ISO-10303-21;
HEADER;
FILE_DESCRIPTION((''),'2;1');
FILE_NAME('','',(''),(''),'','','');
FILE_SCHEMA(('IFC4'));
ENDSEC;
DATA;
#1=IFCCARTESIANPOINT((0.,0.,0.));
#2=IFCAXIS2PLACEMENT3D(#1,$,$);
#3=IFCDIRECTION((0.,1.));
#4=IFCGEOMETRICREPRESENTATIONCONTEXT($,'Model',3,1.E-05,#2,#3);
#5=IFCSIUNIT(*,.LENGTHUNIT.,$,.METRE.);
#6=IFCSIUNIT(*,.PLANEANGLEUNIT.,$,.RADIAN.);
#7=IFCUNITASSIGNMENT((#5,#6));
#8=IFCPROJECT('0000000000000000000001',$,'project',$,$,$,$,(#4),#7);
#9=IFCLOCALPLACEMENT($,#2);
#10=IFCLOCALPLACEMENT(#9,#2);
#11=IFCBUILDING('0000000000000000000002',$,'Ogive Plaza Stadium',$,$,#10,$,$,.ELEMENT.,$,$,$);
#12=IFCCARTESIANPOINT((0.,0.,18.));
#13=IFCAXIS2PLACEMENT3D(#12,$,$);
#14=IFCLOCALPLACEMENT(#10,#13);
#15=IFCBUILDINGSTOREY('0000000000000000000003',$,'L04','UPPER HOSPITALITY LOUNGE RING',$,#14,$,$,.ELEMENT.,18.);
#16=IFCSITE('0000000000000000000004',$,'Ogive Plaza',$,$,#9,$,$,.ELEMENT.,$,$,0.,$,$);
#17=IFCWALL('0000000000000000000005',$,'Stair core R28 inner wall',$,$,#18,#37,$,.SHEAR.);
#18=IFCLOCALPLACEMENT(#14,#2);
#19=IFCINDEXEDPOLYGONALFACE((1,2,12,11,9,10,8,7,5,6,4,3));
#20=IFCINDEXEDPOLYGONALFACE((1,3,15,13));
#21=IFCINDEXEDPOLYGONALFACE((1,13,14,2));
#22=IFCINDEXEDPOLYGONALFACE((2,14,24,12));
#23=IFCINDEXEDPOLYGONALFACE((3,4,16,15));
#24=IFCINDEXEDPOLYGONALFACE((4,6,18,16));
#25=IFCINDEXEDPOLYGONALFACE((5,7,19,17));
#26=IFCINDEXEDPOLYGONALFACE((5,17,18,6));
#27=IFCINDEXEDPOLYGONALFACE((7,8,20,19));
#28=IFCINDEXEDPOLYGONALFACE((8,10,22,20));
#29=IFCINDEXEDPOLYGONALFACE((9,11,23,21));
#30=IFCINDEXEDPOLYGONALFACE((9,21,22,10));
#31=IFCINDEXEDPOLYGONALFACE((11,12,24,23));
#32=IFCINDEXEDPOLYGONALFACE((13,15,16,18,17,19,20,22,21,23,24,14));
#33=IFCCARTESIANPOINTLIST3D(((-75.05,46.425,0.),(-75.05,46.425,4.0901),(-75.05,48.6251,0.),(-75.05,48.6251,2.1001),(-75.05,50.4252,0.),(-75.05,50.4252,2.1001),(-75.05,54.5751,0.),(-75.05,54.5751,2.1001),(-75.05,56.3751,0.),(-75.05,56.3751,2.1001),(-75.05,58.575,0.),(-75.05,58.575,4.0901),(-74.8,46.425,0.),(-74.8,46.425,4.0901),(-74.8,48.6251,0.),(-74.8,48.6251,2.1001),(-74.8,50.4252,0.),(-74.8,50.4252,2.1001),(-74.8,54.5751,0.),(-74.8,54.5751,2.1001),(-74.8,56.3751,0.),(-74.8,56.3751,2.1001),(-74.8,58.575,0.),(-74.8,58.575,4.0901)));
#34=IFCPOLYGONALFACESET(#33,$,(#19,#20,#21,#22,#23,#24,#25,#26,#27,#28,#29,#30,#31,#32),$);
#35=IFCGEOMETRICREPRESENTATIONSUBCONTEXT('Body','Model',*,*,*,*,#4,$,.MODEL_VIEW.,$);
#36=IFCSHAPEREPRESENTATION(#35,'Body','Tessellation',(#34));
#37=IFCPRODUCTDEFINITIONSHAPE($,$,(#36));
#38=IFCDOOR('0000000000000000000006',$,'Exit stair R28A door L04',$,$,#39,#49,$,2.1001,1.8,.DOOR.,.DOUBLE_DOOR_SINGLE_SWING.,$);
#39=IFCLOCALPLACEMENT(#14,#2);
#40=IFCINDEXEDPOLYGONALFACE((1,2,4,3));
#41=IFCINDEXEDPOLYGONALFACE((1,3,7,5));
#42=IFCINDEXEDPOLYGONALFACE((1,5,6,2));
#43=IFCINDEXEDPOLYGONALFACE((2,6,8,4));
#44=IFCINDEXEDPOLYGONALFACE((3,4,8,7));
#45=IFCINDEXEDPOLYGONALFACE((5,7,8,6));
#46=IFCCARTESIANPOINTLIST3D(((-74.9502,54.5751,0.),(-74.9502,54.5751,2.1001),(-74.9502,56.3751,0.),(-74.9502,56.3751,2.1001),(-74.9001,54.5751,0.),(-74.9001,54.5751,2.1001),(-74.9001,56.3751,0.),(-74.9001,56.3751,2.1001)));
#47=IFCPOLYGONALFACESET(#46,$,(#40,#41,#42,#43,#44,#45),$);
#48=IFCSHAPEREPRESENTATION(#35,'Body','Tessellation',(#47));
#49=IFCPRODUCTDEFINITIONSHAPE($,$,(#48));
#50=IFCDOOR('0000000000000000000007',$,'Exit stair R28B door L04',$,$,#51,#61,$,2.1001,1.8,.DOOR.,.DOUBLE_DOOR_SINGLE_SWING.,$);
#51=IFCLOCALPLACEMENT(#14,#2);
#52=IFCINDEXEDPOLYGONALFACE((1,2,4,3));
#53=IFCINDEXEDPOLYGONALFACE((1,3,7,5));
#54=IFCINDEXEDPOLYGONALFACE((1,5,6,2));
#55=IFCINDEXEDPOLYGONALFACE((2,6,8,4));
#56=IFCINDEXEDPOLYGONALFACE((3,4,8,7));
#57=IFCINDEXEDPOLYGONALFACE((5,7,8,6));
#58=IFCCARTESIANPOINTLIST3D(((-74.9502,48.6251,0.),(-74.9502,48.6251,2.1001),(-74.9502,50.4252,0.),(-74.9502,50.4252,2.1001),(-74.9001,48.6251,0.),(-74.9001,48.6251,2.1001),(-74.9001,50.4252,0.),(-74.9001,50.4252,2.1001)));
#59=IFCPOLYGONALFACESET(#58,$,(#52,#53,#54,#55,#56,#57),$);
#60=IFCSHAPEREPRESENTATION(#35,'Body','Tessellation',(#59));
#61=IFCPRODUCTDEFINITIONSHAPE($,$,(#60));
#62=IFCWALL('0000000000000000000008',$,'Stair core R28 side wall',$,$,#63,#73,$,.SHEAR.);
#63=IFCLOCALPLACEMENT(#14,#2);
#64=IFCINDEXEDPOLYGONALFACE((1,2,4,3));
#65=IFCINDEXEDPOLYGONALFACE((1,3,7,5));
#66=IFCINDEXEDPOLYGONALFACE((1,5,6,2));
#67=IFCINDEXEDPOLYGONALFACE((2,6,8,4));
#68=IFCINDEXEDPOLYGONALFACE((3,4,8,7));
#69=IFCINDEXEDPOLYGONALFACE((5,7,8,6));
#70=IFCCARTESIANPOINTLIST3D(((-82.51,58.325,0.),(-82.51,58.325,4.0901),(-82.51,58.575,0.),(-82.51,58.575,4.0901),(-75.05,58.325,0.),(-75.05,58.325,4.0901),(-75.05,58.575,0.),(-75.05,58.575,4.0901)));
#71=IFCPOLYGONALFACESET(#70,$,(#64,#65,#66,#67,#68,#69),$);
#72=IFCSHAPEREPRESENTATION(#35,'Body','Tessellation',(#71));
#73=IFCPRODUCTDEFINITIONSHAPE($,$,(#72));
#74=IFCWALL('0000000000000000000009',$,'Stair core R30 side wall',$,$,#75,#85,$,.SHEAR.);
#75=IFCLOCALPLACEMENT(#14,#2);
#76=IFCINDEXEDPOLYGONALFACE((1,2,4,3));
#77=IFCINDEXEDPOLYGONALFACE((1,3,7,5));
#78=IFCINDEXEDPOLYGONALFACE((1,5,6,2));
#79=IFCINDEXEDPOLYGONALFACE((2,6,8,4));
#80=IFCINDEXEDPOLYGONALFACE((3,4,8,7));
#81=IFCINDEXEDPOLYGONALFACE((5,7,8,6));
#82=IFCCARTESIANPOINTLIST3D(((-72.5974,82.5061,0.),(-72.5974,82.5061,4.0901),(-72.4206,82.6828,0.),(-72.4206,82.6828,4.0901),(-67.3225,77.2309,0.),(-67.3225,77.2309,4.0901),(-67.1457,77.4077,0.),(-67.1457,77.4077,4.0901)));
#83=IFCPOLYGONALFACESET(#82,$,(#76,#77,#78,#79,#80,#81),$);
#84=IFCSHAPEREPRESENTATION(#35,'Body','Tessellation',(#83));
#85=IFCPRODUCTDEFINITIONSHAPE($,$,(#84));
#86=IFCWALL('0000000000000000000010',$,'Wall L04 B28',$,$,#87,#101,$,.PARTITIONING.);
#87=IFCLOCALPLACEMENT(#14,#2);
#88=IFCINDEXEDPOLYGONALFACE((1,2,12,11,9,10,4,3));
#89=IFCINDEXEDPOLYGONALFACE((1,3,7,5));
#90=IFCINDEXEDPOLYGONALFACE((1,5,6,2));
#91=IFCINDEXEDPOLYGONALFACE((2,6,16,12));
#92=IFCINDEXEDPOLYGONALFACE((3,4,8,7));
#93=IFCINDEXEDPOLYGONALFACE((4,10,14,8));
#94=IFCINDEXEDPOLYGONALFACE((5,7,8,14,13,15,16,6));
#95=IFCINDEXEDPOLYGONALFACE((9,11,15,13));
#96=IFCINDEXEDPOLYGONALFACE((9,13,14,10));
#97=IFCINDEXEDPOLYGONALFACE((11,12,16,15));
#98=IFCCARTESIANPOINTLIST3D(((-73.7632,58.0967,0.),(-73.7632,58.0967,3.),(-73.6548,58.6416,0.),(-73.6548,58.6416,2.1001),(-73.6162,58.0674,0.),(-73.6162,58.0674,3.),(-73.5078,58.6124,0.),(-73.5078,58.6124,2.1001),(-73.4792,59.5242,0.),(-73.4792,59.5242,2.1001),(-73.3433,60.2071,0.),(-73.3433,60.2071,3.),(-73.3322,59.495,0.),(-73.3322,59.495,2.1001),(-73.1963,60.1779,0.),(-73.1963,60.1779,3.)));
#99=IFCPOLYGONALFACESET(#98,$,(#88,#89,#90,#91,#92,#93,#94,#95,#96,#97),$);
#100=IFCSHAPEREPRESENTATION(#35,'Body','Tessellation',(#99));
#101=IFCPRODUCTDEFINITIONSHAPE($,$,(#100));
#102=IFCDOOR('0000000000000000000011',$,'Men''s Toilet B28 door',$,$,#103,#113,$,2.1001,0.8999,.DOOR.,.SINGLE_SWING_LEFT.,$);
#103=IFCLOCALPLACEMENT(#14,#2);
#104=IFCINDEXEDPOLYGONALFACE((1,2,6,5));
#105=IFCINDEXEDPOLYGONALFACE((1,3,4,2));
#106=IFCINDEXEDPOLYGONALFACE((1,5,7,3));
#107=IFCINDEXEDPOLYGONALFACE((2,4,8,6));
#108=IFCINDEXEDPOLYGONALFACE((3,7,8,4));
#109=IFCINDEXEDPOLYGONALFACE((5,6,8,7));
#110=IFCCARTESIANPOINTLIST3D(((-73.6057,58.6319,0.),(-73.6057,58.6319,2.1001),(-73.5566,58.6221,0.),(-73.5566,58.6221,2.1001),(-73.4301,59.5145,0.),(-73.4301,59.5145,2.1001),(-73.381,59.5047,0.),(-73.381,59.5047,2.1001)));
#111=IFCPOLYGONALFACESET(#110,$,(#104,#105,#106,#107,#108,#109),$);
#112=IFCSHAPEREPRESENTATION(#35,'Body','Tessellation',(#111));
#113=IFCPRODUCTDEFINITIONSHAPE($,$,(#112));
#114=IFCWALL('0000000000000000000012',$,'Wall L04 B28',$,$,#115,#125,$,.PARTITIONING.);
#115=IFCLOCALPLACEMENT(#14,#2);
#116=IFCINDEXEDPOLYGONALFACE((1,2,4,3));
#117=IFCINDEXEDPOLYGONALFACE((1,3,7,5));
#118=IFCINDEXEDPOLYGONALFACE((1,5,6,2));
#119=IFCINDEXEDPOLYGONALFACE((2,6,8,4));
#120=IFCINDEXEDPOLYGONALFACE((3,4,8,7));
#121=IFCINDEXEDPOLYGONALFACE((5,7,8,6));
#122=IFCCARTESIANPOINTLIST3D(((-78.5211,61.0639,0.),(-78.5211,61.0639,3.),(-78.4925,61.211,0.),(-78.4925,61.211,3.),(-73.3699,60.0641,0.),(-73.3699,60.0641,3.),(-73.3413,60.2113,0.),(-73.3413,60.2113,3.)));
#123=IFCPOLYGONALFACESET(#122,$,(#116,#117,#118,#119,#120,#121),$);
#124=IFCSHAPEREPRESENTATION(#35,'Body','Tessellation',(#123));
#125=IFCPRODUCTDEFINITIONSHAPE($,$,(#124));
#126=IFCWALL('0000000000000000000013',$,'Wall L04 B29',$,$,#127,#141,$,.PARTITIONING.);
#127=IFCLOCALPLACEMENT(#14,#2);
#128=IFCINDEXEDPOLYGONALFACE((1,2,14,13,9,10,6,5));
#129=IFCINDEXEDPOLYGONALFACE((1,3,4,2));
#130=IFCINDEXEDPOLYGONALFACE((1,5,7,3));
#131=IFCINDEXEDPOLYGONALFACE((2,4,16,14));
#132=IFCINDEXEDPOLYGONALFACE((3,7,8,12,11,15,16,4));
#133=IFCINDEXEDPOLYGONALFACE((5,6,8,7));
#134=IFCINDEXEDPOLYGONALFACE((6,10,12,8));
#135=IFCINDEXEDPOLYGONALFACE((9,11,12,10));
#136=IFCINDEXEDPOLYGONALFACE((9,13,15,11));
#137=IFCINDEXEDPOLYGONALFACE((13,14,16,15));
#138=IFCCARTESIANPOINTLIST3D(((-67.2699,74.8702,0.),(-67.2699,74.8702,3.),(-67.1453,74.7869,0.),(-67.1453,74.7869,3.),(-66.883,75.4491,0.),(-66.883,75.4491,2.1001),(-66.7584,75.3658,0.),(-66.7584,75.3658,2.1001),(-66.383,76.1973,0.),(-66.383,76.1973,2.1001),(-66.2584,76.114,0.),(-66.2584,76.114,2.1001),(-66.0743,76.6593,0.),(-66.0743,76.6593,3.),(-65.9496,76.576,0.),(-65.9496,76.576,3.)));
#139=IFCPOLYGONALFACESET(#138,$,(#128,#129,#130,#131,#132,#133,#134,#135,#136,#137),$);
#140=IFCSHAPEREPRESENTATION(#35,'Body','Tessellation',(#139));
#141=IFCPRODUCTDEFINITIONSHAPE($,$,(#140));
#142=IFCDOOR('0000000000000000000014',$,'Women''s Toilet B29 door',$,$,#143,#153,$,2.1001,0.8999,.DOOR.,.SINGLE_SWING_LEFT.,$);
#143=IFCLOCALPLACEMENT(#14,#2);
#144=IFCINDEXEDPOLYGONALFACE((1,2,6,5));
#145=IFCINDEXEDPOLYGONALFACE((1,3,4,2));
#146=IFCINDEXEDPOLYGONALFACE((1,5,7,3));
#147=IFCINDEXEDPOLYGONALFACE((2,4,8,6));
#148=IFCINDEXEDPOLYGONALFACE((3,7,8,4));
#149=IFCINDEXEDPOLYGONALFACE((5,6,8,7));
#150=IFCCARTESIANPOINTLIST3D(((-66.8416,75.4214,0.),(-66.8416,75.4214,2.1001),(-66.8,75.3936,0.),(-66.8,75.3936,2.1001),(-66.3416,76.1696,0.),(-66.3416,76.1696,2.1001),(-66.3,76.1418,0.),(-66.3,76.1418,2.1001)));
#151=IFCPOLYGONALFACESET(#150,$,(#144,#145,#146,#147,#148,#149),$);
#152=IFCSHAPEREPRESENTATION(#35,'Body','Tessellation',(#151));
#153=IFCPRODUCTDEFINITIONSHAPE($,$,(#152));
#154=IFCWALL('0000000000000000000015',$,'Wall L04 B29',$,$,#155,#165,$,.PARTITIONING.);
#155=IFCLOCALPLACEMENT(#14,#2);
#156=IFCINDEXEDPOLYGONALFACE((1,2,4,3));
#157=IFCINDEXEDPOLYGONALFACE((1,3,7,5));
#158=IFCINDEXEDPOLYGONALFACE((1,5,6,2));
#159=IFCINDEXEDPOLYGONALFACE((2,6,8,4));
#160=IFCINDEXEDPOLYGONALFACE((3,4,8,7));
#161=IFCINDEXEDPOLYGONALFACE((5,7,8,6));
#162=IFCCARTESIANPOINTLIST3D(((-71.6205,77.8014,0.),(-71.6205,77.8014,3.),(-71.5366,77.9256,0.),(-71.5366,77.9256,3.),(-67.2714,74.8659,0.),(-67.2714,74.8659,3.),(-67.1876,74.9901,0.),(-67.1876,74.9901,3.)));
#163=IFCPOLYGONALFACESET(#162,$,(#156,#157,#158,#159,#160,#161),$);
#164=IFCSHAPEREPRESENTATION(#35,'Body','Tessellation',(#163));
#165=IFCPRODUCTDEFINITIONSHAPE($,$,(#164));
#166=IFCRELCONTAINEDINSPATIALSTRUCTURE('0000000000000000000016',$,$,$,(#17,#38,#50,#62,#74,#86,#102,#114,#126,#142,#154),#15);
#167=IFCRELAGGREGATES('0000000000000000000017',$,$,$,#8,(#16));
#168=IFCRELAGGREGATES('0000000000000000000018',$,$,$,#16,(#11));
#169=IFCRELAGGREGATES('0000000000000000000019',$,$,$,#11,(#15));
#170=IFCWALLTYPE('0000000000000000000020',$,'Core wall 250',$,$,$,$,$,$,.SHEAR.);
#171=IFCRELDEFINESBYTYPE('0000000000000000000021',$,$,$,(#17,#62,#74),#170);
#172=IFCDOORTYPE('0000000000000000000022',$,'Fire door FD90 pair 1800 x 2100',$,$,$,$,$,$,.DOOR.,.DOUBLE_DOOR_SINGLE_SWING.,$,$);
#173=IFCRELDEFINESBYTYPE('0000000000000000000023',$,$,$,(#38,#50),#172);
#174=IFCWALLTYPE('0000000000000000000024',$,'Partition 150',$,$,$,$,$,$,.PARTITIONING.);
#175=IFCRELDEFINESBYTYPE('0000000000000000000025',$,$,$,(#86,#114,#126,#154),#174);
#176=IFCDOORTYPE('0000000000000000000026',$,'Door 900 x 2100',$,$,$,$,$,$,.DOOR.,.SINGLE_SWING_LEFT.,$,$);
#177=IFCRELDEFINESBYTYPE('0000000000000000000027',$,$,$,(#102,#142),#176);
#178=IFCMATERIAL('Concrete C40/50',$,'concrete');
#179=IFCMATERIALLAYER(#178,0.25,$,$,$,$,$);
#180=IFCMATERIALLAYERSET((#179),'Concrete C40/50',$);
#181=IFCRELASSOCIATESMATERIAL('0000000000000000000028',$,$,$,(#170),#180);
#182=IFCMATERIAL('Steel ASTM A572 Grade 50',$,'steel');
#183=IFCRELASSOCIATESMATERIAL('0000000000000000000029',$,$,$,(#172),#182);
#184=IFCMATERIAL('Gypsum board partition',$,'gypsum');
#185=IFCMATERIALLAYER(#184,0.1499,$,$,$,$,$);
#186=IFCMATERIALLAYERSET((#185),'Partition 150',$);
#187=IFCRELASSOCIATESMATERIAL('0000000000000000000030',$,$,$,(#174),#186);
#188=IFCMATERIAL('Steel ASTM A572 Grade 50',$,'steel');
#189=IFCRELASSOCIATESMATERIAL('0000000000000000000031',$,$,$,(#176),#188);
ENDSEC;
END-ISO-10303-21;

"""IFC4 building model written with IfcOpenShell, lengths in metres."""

from ifc_helpers import new_model, si_unit, direction, frame, frame_2d, origin, place, context, subcontext, project, spatial, rectangle, extrude, material, layer, layer_set, type_object, element, fill, save


model = new_model("IFC4")

# Units and contexts
model_context = context("Model", 3, precision=1e-05, world=origin(), true_north=direction((0.0, 1.0)))
body_context = subcontext(model_context, "Body", "Model", "MODEL_VIEW")
ifc_project = project(units=[si_unit("LENGTHUNIT", "METRE"), si_unit("PLANEANGLEUNIT", "RADIAN")], contexts=[model_context])

# Site, building, storey
site_placement = place(None, origin())
site = spatial("IfcSite", under=ifc_project, at=site_placement, Name="Ogive Plaza", CompositionType="ELEMENT", RefElevation=0.0)
building_placement = place(site_placement, origin())
building = spatial("IfcBuilding", under=site, at=building_placement, Name="Ogive Plaza Stadium", CompositionType="ELEMENT")
storey_placement = place(building_placement, frame((0.0, 0.0, 18.0)))
storey = spatial("IfcBuildingStorey", under=building, at=storey_placement, Name="L04", Description="UPPER HOSPITALITY LOUNGE RING", CompositionType="ELEMENT", Elevation=18.0)

# Wall, openings, doors
ifc_material_1 = material(Name="Concrete C40/50", Category="concrete")
ifc_layer_1 = layer(ifc_material_1, 0.25)
ifc_layer_set_1 = layer_set([ifc_layer_1], Name="Concrete C40/50")
wall_type_1 = type_object("IfcWallType", Name="Core wall 250", PredefinedType="SHEAR", material=ifc_layer_set_1)
wall_1_placement = place(storey_placement, frame((-74.925, 58.575, 0.0), z_axis=(0.0, 0.0, 1.0), x_axis=(0.0, -1.0, 0.0)))
wall_1 = element("IfcWall", 1, at=wall_1_placement, inside=storey, type_object=wall_type_1, Name="Stair core R28 inner wall", PredefinedType="SHEAR", context=body_context, shape_type="SweptSolid", body=[
    extrude(rectangle(XDim=12.1499, YDim=0.25, at=frame_2d((6.075, 0.0))), origin(), (0.0, 0.0, 1.0), 4.0901),
])
opening_1_placement = place(wall_1_placement, frame((2.2, 0.0, 0.0)))
opening_1 = element("IfcOpeningElement", 2, at=opening_1_placement, cuts=wall_1, PredefinedType="OPENING", context=body_context, shape_type="SweptSolid", body=[
    extrude(rectangle(XDim=1.8, YDim=2.1001, at=frame_2d((0.8999, 1.05))), frame((0.0, 0.125, 0.0), z_axis=(0.0, -1.0, 0.0), x_axis=(1.0, 0.0, 0.0)), (0.0, 0.0, 1.0), 0.25),
])
opening_2_placement = place(wall_1_placement, frame((8.1499, 0.0, 0.0)))
opening_2 = element("IfcOpeningElement", 3, at=opening_2_placement, cuts=wall_1, PredefinedType="OPENING", context=body_context, shape_type="SweptSolid", body=[
    extrude(rectangle(XDim=1.8, YDim=2.1001, at=frame_2d((0.8999, 1.05))), frame((0.0, 0.125, 0.0), z_axis=(0.0, -1.0, 0.0), x_axis=(1.0, 0.0, 0.0)), (0.0, 0.0, 1.0), 0.25),
])
ifc_material_2 = material(Name="Steel ASTM A572 Grade 50", Category="steel")
door_type_1 = type_object("IfcDoorType", Name="Fire door FD90 pair 1800 x 2100", OperationType="DOUBLE_DOOR_SINGLE_SWING", PredefinedType="DOOR", material=ifc_material_2)
door_1_placement = place(opening_1_placement, origin())
door_1 = element("IfcDoor", 4, at=door_1_placement, inside=storey, type_object=door_type_1, Name="Exit stair R28A door L04", OperationType="DOUBLE_DOOR_SINGLE_SWING", OverallHeight=2.1001, OverallWidth=1.8, PredefinedType="DOOR", context=body_context, shape_type="SweptSolid", body=[
    extrude(rectangle(XDim=1.8, YDim=2.1001, at=frame_2d((0.8999, 1.05))), frame((0.0, 0.0249, 0.0), z_axis=(0.0, -1.0, 0.0), x_axis=(1.0, 0.0, 0.0)), (0.0, 0.0, 1.0), 0.05),
])
fill(opening_1, door_1)
door_2_placement = place(opening_2_placement, origin())
door_2 = element("IfcDoor", 5, at=door_2_placement, inside=storey, type_object=door_type_1, Name="Exit stair R28B door L04", OperationType="DOUBLE_DOOR_SINGLE_SWING", OverallHeight=2.1001, OverallWidth=1.8, PredefinedType="DOOR", context=body_context, shape_type="SweptSolid", body=[
    extrude(rectangle(XDim=1.8, YDim=2.1001, at=frame_2d((0.8999, 1.05))), frame((0.0, 0.0249, 0.0), z_axis=(0.0, -1.0, 0.0), x_axis=(1.0, 0.0, 0.0)), (0.0, 0.0, 1.0), 0.05),
])
fill(opening_2, door_2)

# Walls
for number, where, z_axis, x_axis, name in (
    (6, (-75.05, 58.45, 0.0), (0.0, 0.0, 1.0), (-1.0, 0.0, 0.0), "Stair core R28 side wall"),
    (7, (-67.2341, 77.3193, 0.0), (0.0, 0.0, 1.0), (-0.70709, 0.707123, 0.0), "Stair core R30 side wall"),
):
    element("IfcWall", number, at=place(storey_placement, frame(where, z_axis=z_axis, x_axis=x_axis)), inside=storey, type_object=wall_type_1, Name=name, PredefinedType="SHEAR", context=body_context, shape_type="SweptSolid", body=[
        extrude(rectangle(XDim=7.46, YDim=0.25, at=frame_2d((3.73, 0.0))), origin(), (0.0, 0.0, 1.0), 4.0901),
    ])

# Wall, opening, door
ifc_material_3 = material(Name="Gypsum board partition", Category="gypsum")
ifc_layer_2 = layer(ifc_material_3, 0.1499)
ifc_layer_set_2 = layer_set([ifc_layer_2], Name="Partition 150")
wall_type_2 = type_object("IfcWallType", Name="Partition 150", PredefinedType="PARTITIONING", material=ifc_layer_set_2)
wall_2_placement = place(storey_placement, frame((-73.6897, 58.082, 0.0), z_axis=(0.0, 0.0, 1.0), x_axis=(0.195134, 0.980777, 0.0)))
wall_2 = element("IfcWall", 8, at=wall_2_placement, inside=storey, type_object=wall_type_2, Name="Wall L04 B28", PredefinedType="PARTITIONING", context=body_context, shape_type="SweptSolid", body=[
    extrude(rectangle(XDim=2.1519, YDim=0.1499, at=frame_2d((1.0759, 0.0))), origin(), (0.0, 0.0, 1.0), 3.0),
])
opening_3_placement = place(wall_2_placement, frame((0.5557, 0.0, 0.0)))
opening_3 = element("IfcOpeningElement", 9, at=opening_3_placement, cuts=wall_2, PredefinedType="OPENING", context=body_context, shape_type="SweptSolid", body=[
    extrude(rectangle(XDim=0.8999, YDim=2.1001, at=frame_2d((0.45, 1.05))), frame((0.0, 0.075, 0.0), z_axis=(0.0, -1.0, 0.0), x_axis=(1.0, 0.0, 0.0)), (0.0, 0.0, 1.0), 0.1499),
])
ifc_material_4 = material(Name="Steel ASTM A572 Grade 50", Category="steel")
door_type_2 = type_object("IfcDoorType", Name="Door 900 x 2100", OperationType="SINGLE_SWING_LEFT", PredefinedType="DOOR", material=ifc_material_4)
door_3_placement = place(opening_3_placement, origin())
door_3 = element("IfcDoor", 10, at=door_3_placement, inside=storey, type_object=door_type_2, Name="Men's Toilet B28 door", OperationType="SINGLE_SWING_LEFT", OverallHeight=2.1001, OverallWidth=0.8999, PredefinedType="DOOR", context=body_context, shape_type="SweptSolid", body=[
    extrude(rectangle(XDim=0.8999, YDim=2.1001, at=frame_2d((0.45, 1.05))), frame((0.0, 0.0249, 0.0), z_axis=(0.0, -1.0, 0.0), x_axis=(1.0, 0.0, 0.0)), (0.0, 0.0, 1.0), 0.05),
])
fill(opening_3, door_3)

# Wall
wall_3_placement = place(storey_placement, frame((-73.3557, 60.1377, 0.0), z_axis=(0.0, 0.0, 1.0), x_axis=(-0.981681, 0.19053, 0.0)))
element("IfcWall", 11, at=wall_3_placement, inside=storey, type_object=wall_type_2, Name="Wall L04 B28", PredefinedType="PARTITIONING", context=body_context, shape_type="SweptSolid", body=[
    extrude(rectangle(XDim=5.2473, YDim=0.1499, at=frame_2d((2.6235, 0.0))), origin(), (0.0, 0.0, 1.0), 3.0),
])

# Wall, opening, door
wall_4_placement = place(storey_placement, frame((-66.012, 76.6177, 0.0), z_axis=(0.0, 0.0, 1.0), x_axis=(-0.555616, -0.831439, 0.0)))
wall_4 = element("IfcWall", 12, at=wall_4_placement, inside=storey, type_object=wall_type_2, Name="Wall L04 B29", PredefinedType="PARTITIONING", context=body_context, shape_type="SweptSolid", body=[
    extrude(rectangle(XDim=2.1519, YDim=0.1499, at=frame_2d((1.0759, 0.0))), origin(), (0.0, 0.0, 1.0), 3.0),
])
opening_4_placement = place(wall_4_placement, frame((0.5557, 0.0, 0.0)))
opening_4 = element("IfcOpeningElement", 13, at=opening_4_placement, cuts=wall_4, PredefinedType="OPENING", context=body_context, shape_type="SweptSolid", body=[
    extrude(rectangle(XDim=0.8999, YDim=2.1001, at=frame_2d((0.45, 1.05))), frame((0.0, 0.075, 0.0), z_axis=(0.0, -1.0, 0.0), x_axis=(1.0, 0.0, 0.0)), (0.0, 0.0, 1.0), 0.1499),
])
door_4_placement = place(opening_4_placement, origin())
door_4 = element("IfcDoor", 14, at=door_4_placement, inside=storey, type_object=door_type_2, Name="Women's Toilet B29 door", OperationType="SINGLE_SWING_LEFT", OverallHeight=2.1001, OverallWidth=0.8999, PredefinedType="DOOR", context=body_context, shape_type="SweptSolid", body=[
    extrude(rectangle(XDim=0.8999, YDim=2.1001, at=frame_2d((0.45, 1.05))), frame((0.0, 0.0249, 0.0), z_axis=(0.0, -1.0, 0.0), x_axis=(1.0, 0.0, 0.0)), (0.0, 0.0, 1.0), 0.05),
])
fill(opening_4, door_4)

# Wall
wall_5_placement = place(storey_placement, frame((-67.2295, 74.928, 0.0), z_axis=(0.0, 0.0, 1.0), x_axis=(-0.828858, 0.559458, 0.0)))
element("IfcWall", 15, at=wall_5_placement, inside=storey, type_object=wall_type_2, Name="Wall L04 B29", PredefinedType="PARTITIONING", context=body_context, shape_type="SweptSolid", body=[
    extrude(rectangle(XDim=5.2471, YDim=0.1499, at=frame_2d((2.6235, 0.0))), origin(), (0.0, 0.0, 1.0), 3.0),
])

save(model, "model.ifc")
